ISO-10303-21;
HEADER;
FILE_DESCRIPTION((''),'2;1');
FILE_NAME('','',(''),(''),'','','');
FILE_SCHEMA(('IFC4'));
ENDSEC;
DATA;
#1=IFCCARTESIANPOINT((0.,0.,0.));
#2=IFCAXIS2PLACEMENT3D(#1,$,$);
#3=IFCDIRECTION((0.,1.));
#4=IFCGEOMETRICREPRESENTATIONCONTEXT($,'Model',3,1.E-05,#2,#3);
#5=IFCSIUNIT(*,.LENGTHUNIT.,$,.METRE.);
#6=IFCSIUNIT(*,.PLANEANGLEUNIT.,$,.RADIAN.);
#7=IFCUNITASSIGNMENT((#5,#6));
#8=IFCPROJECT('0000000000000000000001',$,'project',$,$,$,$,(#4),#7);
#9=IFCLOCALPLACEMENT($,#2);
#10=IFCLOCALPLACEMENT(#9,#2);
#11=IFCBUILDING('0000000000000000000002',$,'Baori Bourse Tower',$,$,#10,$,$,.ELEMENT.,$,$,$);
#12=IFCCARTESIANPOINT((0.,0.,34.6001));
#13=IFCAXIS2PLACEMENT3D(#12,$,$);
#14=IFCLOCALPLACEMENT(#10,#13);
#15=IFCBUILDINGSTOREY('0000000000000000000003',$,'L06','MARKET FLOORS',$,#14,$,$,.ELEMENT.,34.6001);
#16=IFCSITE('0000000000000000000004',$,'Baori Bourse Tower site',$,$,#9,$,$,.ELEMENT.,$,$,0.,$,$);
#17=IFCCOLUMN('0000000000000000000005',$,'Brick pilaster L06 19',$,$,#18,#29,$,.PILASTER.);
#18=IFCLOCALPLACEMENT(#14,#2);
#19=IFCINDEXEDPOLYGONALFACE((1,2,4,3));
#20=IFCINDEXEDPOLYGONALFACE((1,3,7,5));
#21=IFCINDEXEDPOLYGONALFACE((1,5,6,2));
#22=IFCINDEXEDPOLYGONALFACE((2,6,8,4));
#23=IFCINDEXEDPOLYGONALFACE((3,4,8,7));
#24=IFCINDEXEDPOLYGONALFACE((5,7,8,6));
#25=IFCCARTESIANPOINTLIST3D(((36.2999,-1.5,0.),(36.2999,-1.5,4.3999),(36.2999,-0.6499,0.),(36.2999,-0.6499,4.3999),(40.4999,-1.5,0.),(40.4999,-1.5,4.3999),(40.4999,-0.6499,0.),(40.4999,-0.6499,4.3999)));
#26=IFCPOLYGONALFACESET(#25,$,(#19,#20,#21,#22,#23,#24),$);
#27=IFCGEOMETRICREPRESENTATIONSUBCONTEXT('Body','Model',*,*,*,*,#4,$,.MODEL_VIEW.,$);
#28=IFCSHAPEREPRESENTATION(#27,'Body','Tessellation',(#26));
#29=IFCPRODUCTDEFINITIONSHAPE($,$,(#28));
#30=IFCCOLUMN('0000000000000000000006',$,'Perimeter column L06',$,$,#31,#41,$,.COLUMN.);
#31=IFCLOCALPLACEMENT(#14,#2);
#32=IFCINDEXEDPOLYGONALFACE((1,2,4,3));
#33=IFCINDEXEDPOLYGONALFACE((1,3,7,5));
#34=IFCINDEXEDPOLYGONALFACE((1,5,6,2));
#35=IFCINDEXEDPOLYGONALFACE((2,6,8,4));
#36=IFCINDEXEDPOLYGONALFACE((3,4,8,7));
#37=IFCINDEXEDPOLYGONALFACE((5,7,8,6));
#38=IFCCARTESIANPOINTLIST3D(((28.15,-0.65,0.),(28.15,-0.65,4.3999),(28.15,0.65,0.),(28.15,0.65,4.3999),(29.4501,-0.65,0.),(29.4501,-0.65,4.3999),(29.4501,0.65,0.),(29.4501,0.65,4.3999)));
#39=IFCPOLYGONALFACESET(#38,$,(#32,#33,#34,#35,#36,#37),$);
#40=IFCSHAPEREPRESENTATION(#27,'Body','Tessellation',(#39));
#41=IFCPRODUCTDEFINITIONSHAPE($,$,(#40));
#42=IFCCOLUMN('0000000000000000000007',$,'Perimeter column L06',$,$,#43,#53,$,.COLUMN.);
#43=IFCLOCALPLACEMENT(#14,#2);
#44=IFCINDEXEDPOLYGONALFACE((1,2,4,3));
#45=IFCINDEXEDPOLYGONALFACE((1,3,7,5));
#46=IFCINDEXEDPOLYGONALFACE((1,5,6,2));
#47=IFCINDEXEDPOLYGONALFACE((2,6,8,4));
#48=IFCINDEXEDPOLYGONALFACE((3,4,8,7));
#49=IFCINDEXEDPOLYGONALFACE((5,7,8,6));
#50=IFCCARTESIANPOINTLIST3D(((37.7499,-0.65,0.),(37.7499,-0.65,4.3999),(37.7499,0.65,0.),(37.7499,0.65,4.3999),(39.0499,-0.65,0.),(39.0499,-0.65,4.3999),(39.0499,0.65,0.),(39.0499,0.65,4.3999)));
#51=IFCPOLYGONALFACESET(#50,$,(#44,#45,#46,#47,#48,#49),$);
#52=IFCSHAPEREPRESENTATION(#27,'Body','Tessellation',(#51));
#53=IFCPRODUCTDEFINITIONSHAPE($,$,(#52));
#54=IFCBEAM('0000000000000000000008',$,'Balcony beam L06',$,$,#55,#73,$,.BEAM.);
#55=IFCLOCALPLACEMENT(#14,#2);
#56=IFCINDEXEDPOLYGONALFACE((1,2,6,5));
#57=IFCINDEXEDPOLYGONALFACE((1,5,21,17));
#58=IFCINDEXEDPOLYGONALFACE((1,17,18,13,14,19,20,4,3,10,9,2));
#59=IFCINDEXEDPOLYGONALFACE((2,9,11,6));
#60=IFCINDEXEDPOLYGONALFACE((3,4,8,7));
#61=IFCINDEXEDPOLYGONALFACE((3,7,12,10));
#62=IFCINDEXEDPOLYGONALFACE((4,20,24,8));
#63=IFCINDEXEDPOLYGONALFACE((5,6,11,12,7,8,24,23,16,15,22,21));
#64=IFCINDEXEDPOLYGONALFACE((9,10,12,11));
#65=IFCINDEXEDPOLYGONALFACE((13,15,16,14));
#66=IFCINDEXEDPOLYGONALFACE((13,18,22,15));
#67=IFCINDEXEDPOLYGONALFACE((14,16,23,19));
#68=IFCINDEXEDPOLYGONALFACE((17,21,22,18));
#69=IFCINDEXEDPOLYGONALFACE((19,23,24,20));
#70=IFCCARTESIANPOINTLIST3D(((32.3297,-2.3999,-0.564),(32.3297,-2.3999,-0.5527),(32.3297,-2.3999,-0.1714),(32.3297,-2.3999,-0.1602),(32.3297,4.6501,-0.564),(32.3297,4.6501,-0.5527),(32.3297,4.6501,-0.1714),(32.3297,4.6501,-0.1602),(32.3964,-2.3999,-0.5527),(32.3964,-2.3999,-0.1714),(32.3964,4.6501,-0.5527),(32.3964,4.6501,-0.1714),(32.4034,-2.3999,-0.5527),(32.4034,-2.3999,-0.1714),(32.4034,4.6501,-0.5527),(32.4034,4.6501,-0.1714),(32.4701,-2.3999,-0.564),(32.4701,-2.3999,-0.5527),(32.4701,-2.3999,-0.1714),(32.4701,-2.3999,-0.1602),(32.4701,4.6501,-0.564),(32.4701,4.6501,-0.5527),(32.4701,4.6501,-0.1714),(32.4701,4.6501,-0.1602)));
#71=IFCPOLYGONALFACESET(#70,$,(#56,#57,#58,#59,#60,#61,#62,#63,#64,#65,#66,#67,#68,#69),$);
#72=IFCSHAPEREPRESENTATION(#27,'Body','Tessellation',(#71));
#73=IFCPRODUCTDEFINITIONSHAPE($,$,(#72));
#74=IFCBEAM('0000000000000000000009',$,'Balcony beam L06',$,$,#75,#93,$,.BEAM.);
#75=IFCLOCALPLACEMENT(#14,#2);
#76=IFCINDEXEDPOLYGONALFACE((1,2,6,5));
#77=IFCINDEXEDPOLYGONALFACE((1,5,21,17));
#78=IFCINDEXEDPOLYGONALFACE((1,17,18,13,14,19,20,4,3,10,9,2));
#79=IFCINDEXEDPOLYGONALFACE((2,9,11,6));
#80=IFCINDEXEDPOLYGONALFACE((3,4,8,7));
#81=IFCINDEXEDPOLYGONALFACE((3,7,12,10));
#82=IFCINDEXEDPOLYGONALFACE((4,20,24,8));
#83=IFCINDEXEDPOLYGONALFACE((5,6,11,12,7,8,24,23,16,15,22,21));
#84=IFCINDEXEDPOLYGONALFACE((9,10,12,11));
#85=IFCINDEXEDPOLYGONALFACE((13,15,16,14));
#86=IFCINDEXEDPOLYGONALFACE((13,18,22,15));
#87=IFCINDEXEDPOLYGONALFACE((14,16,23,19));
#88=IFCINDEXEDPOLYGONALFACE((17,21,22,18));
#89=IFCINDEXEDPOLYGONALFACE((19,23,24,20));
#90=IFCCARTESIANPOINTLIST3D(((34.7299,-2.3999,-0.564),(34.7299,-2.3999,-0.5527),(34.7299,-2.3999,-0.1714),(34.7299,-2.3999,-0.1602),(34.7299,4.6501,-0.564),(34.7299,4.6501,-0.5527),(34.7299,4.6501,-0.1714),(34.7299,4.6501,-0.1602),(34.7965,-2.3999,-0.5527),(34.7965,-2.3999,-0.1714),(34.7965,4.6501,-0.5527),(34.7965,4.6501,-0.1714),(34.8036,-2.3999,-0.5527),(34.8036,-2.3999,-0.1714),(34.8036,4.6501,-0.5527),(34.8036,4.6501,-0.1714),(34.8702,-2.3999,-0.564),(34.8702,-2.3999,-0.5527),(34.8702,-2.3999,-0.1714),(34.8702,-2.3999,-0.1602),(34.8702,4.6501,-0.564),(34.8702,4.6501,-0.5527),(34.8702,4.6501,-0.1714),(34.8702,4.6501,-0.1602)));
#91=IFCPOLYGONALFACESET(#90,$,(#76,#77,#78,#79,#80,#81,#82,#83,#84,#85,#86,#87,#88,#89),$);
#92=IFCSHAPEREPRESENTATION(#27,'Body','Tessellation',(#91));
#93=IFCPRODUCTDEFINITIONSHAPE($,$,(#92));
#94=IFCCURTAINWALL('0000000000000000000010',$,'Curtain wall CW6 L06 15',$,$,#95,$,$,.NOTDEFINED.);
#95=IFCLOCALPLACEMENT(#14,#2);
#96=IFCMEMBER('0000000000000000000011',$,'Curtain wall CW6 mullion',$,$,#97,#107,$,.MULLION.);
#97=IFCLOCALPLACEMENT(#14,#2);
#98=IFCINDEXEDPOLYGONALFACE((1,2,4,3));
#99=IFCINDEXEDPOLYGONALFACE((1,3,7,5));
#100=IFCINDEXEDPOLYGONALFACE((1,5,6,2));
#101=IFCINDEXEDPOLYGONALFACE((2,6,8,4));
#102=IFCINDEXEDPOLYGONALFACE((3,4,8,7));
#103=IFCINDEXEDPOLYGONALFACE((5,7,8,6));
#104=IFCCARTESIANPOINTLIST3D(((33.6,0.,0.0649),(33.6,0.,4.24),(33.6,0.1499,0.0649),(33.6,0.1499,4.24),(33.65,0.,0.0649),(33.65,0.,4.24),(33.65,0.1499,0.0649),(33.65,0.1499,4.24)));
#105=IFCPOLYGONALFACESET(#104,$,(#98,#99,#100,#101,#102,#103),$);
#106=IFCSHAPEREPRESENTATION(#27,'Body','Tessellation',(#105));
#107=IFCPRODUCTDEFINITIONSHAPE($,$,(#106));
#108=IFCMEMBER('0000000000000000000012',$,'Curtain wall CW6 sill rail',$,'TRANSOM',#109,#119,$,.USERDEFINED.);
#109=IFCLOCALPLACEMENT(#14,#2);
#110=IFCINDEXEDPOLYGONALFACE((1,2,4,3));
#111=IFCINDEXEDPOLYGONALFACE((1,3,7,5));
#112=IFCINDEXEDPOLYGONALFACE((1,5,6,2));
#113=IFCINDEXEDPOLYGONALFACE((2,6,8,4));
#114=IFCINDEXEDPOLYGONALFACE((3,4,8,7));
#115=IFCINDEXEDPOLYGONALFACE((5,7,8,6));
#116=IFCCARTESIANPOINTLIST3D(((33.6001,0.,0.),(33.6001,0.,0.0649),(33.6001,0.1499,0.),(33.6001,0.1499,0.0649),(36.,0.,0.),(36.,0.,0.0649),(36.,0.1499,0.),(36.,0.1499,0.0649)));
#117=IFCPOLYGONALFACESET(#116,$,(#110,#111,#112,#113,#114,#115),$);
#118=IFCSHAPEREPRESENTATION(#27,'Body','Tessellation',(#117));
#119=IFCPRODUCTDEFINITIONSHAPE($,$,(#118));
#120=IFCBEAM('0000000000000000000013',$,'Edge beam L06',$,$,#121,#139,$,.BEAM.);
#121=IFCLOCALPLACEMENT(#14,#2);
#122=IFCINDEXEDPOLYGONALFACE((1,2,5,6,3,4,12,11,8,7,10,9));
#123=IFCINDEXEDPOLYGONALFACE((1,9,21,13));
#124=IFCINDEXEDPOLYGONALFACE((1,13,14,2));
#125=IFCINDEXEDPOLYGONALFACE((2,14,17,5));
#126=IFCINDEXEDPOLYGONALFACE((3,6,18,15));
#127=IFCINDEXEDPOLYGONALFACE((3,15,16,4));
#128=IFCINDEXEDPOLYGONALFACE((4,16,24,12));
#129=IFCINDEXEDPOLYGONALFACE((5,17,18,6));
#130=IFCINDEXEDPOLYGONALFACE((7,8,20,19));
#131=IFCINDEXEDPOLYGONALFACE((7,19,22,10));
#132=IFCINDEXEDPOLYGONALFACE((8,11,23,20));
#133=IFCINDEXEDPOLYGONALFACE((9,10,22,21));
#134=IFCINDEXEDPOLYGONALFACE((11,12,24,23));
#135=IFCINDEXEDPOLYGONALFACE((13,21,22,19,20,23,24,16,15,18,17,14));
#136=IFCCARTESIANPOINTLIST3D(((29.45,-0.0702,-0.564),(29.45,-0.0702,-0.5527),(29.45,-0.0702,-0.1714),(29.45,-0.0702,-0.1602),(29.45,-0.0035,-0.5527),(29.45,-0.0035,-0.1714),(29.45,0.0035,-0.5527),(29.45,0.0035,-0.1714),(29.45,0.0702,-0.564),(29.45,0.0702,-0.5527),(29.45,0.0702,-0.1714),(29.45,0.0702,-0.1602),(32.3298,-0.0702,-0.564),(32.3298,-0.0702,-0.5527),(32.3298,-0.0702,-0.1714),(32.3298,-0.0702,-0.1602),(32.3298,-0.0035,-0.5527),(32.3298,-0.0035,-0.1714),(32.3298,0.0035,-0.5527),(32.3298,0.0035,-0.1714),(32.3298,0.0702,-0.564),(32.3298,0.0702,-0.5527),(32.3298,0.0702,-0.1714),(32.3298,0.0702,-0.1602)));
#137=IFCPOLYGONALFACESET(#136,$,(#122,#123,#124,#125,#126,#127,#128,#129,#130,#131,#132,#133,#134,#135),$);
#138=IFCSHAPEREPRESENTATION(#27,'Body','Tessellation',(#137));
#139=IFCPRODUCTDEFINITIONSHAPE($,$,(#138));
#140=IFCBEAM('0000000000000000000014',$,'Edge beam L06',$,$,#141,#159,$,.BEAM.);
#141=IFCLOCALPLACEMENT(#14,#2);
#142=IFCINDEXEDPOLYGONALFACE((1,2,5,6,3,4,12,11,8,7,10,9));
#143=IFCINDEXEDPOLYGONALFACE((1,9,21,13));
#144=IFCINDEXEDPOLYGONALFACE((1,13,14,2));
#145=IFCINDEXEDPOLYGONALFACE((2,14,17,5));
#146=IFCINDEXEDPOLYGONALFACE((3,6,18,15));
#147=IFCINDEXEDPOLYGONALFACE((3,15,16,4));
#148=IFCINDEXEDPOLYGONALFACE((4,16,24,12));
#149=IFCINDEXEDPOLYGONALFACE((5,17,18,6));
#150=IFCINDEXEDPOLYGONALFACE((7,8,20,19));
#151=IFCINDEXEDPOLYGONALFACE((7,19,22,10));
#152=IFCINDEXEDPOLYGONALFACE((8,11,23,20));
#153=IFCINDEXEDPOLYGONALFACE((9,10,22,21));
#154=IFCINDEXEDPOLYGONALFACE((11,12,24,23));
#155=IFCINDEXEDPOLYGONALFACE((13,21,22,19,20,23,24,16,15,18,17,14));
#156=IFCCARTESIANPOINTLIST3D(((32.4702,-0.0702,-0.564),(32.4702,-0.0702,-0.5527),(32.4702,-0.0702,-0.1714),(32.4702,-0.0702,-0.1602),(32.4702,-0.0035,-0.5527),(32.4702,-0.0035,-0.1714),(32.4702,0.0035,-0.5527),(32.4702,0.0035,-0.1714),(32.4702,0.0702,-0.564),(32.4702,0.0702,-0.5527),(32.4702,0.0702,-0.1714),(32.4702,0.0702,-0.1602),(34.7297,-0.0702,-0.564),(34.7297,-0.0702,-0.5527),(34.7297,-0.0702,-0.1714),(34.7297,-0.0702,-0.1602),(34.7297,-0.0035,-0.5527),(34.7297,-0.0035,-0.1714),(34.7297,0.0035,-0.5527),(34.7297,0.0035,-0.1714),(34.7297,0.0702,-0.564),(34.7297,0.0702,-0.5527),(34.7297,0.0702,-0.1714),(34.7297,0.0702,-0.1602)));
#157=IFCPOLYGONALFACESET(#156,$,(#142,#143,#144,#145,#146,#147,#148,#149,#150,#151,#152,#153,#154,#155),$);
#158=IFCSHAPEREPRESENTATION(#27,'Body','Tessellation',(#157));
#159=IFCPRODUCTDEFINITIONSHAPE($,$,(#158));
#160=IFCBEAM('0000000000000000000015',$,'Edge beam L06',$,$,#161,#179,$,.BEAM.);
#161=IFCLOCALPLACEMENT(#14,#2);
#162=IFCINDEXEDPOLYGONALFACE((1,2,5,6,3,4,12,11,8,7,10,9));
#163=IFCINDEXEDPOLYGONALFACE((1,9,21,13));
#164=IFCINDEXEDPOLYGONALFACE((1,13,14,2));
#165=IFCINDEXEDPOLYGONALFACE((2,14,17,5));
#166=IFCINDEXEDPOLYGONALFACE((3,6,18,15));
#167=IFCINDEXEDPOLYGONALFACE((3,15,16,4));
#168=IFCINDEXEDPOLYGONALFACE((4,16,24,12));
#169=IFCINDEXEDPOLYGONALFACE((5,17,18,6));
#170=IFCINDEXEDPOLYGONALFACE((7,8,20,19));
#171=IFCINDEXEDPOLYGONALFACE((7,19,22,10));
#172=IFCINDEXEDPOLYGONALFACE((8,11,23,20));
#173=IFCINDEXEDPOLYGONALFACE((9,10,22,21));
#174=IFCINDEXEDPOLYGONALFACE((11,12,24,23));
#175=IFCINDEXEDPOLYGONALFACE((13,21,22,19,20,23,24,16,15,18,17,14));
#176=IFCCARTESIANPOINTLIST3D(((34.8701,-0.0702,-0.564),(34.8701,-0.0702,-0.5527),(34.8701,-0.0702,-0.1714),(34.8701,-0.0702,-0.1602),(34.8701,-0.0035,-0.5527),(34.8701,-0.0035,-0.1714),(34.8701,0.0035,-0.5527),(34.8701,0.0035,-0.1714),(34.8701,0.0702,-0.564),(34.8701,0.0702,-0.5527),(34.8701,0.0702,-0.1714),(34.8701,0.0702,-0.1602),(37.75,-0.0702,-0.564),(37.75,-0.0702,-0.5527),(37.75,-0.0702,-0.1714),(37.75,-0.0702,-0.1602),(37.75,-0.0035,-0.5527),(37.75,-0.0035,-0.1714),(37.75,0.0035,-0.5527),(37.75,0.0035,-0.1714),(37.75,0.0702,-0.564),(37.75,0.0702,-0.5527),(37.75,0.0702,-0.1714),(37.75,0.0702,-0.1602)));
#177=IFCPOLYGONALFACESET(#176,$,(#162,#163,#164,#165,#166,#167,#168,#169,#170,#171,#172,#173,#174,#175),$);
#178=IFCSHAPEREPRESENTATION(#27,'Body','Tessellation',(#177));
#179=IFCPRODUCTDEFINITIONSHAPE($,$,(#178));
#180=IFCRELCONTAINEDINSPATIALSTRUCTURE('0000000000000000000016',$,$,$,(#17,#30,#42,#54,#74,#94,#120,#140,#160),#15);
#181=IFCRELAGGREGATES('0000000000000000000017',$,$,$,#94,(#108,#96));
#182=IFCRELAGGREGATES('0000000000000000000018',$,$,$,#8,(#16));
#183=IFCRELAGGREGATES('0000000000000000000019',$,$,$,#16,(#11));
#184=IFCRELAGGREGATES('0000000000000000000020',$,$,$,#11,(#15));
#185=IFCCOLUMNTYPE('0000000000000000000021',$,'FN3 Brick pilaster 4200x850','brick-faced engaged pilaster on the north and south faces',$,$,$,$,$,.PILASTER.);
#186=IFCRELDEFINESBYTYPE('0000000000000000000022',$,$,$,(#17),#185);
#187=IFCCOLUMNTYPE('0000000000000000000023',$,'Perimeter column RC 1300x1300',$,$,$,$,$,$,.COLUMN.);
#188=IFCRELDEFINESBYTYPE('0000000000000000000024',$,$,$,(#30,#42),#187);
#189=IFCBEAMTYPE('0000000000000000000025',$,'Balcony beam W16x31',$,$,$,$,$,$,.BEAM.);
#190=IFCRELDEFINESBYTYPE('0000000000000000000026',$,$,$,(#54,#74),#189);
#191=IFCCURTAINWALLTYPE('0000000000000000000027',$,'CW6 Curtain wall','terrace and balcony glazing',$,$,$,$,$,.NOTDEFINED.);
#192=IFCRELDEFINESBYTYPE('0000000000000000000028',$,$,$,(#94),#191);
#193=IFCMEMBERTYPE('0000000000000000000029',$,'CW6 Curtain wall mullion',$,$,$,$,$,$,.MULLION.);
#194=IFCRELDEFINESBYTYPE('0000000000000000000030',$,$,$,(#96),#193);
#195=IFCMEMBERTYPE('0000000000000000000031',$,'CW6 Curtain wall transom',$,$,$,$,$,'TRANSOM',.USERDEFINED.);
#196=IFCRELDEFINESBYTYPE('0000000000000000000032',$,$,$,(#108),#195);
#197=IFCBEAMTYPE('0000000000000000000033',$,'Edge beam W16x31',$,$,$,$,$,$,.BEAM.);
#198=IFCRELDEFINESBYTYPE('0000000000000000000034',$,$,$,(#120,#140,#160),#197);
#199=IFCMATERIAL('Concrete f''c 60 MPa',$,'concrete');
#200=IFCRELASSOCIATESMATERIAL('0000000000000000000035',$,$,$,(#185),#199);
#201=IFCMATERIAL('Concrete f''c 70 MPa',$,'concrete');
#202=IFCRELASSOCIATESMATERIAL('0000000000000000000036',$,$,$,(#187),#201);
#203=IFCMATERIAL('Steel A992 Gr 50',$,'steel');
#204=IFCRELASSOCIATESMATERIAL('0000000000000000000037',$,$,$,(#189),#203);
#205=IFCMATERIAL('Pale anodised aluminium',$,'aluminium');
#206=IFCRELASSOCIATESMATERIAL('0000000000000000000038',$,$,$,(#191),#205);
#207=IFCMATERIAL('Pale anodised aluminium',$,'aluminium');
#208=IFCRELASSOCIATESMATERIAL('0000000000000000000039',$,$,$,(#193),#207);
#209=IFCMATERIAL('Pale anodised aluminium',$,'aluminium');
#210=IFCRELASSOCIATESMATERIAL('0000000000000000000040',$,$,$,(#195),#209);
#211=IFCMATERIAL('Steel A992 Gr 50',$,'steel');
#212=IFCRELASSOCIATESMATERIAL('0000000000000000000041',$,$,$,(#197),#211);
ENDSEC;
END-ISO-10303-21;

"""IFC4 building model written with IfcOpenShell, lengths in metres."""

from ifc_helpers import new_model, si_unit, direction, frame, origin, origin_2d, place, context, subcontext, project, spatial, rectangle, i_section, extrude, material, material_profile, profile_set, type_object, element, aggregate, save


model = new_model("IFC4")

# Units and contexts
model_context = context("Model", 3, precision=1e-05, world=origin(), true_north=direction((0.0, 1.0)))
body_context = subcontext(model_context, "Body", "Model", "MODEL_VIEW")
ifc_project = project(units=[si_unit("LENGTHUNIT", "METRE"), si_unit("PLANEANGLEUNIT", "RADIAN")], contexts=[model_context])

# Site, building, storey
site_placement = place(None, origin())
site = spatial("IfcSite", under=ifc_project, at=site_placement, Name="Baori Bourse Tower site", CompositionType="ELEMENT", RefElevation=0.0)
building_placement = place(site_placement, origin())
building = spatial("IfcBuilding", under=site, at=building_placement, Name="Baori Bourse Tower", CompositionType="ELEMENT")
storey_placement = place(building_placement, frame((0.0, 0.0, 34.6001)))
storey = spatial("IfcBuildingStorey", under=building, at=storey_placement, Name="L06", Description="MARKET FLOORS", CompositionType="ELEMENT", Elevation=34.6001)

# Columns
ifc_material_1 = material(Name="Concrete f'c 60 MPa", Category="concrete")
ifc_material_profile_1 = material_profile(ifc_material_1, rectangle(XDim=4.2, YDim=0.8501, at=origin_2d()), Name="RC 4200x850")
ifc_profile_set_1 = profile_set([ifc_material_profile_1], Name="Concrete f'c 60 MPa")
column_type_1 = type_object("IfcColumnType", Name="FN3 Brick pilaster 4200x850", Description="brick-faced engaged pilaster on the north and south faces", PredefinedType="PILASTER", material=ifc_profile_set_1)
column_placement = place(storey_placement, frame((38.3999, -1.075, 0.0), z_axis=(0.0, 0.0, 1.0), x_axis=(1.0, 0.0, 0.0)))
element("IfcColumn", 1, at=column_placement, inside=storey, type_object=column_type_1, Name="Brick pilaster L06 19", PredefinedType="PILASTER", context=body_context, shape_type="SweptSolid", body=[
    extrude(rectangle(XDim=4.2, YDim=0.8501, at=origin_2d()), origin(), (0.0, 0.0, 1.0), 4.3999),
])
ifc_material_2 = material(Name="Concrete f'c 70 MPa", Category="concrete")
ifc_material_profile_2 = material_profile(ifc_material_2, rectangle(XDim=1.3, YDim=1.3, at=origin_2d()), Name="RC 1300x1300")
ifc_profile_set_2 = profile_set([ifc_material_profile_2], Name="Concrete f'c 70 MPa")
column_type_2 = type_object("IfcColumnType", Name="Perimeter column RC 1300x1300", PredefinedType="COLUMN", material=ifc_profile_set_2)
for number, where, z_axis, x_axis, name in (
    (2, (28.8, 0.0, 0.0), (0.0, 0.0, 1.0), (1.0, 0.0, 0.0), "Perimeter column L06"),
    (3, (38.3999, 0.0, 0.0), (0.0, 0.0, 1.0), (1.0, 0.0, 0.0), "Perimeter column L06"),
):
    element("IfcColumn", number, at=place(storey_placement, frame(where, z_axis=z_axis, x_axis=x_axis)), inside=storey, type_object=column_type_2, Name=name, PredefinedType="COLUMN", context=body_context, shape_type="SweptSolid", body=[
        extrude(rectangle(XDim=1.3, YDim=1.3, at=origin_2d()), origin(), (0.0, 0.0, 1.0), 4.3999),
    ])

# Beams
ifc_material_3 = material(Name="Steel A992 Gr 50", Category="steel")
ifc_material_profile_3 = material_profile(ifc_material_3, i_section(OverallWidth=0.1404, OverallDepth=0.4038, WebThickness=0.0071, FlangeThickness=0.0112, at=origin_2d()), Name="W16x31")
ifc_profile_set_3 = profile_set([ifc_material_profile_3], Name="Steel A992 Gr 50")
beam_type_1 = type_object("IfcBeamType", Name="Balcony beam W16x31", PredefinedType="BEAM", material=ifc_profile_set_3)
for number, where, z_axis, x_axis, name in (
    (4, (32.3999, -2.3999, -0.3621), (0.0, 1.0, 0.0), (-1.0, 0.0, 0.0), "Balcony beam L06"),
    (5, (34.8, -2.3999, -0.3621), (0.0, 1.0, 0.0), (-1.0, 0.0, 0.0), "Balcony beam L06"),
):
    element("IfcBeam", number, at=place(storey_placement, frame(where, z_axis=z_axis, x_axis=x_axis)), inside=storey, type_object=beam_type_1, Name=name, PredefinedType="BEAM", context=body_context, shape_type="SweptSolid", body=[
        extrude(i_section(OverallWidth=0.1404, OverallDepth=0.4038, WebThickness=0.0071, FlangeThickness=0.0112, at=origin_2d()), origin(), (0.0, 0.0, 1.0), 7.05),
    ])

# Curtain wall, members
ifc_material_4 = material(Name="Pale anodised aluminium", Category="aluminium")
curtain_wall_type_1 = type_object("IfcCurtainWallType", Name="CW6 Curtain wall", Description="terrace and balcony glazing", PredefinedType="NOTDEFINED", material=ifc_material_4)
curtain_wall_1_placement = place(storey_placement, origin())
curtain_wall_1 = element("IfcCurtainWall", 6, at=curtain_wall_1_placement, inside=storey, type_object=curtain_wall_type_1, Name="Curtain wall CW6 L06 15", PredefinedType="NOTDEFINED")
ifc_material_5 = material(Name="Pale anodised aluminium", Category="aluminium")
ifc_material_profile_4 = material_profile(ifc_material_5, rectangle(XDim=0.1499, YDim=0.05, at=origin_2d()), Name="Mullion 50x150")
ifc_profile_set_4 = profile_set([ifc_material_profile_4], Name="Pale anodised aluminium")
member_type_1 = type_object("IfcMemberType", Name="CW6 Curtain wall mullion", PredefinedType="MULLION", material=ifc_profile_set_4)
member_1_placement = place(storey_placement, frame((33.625, 0.075, 0.0649), z_axis=(0.0, 0.0, 1.0), x_axis=(0.0, 1.0, 0.0)))
member_1 = element("IfcMember", 7, at=member_1_placement, type_object=member_type_1, Name="Curtain wall CW6 mullion", PredefinedType="MULLION", context=body_context, shape_type="SweptSolid", body=[
    extrude(rectangle(XDim=0.1499, YDim=0.05, at=origin_2d()), origin(), (0.0, 0.0, 1.0), 4.175),
])
ifc_material_6 = material(Name="Pale anodised aluminium", Category="aluminium")
ifc_material_profile_5 = material_profile(ifc_material_6, rectangle(XDim=0.1499, YDim=0.0649, at=origin_2d()), Name="Transom 65x150")
ifc_profile_set_5 = profile_set([ifc_material_profile_5], Name="Pale anodised aluminium")
member_type_2 = type_object("IfcMemberType", Name="CW6 Curtain wall transom", ElementType="TRANSOM", PredefinedType="USERDEFINED", material=ifc_profile_set_5)
member_2_placement = place(storey_placement, frame((33.6001, 0.075, 0.0325), z_axis=(1.0, 0.0, 0.0), x_axis=(0.0, 1.0, 0.0)))
member_2 = element("IfcMember", 8, at=member_2_placement, type_object=member_type_2, Name="Curtain wall CW6 sill rail", ObjectType="TRANSOM", PredefinedType="USERDEFINED", context=body_context, shape_type="SweptSolid", body=[
    extrude(rectangle(XDim=0.1499, YDim=0.0649, at=origin_2d()), origin(), (0.0, 0.0, 1.0), 2.3999),
])

# Beams
ifc_material_7 = material(Name="Steel A992 Gr 50", Category="steel")
ifc_material_profile_6 = material_profile(ifc_material_7, i_section(OverallWidth=0.1404, OverallDepth=0.4038, WebThickness=0.0071, FlangeThickness=0.0112, at=origin_2d()), Name="W16x31")
ifc_profile_set_6 = profile_set([ifc_material_profile_6], Name="Steel A992 Gr 50")
beam_type_2 = type_object("IfcBeamType", Name="Edge beam W16x31", PredefinedType="BEAM", material=ifc_profile_set_6)
beam_1_placement = place(storey_placement, frame((29.45, 0.0, -0.3621), z_axis=(1.0, 0.0, 0.0), x_axis=(0.0, 1.0, 0.0)))
element("IfcBeam", 9, at=beam_1_placement, inside=storey, type_object=beam_type_2, Name="Edge beam L06", PredefinedType="BEAM", context=body_context, shape_type="SweptSolid", body=[
    extrude(i_section(OverallWidth=0.1404, OverallDepth=0.4038, WebThickness=0.0071, FlangeThickness=0.0112, at=origin_2d()), origin(), (0.0, 0.0, 1.0), 2.8799),
])
beam_2_placement = place(storey_placement, frame((32.4702, 0.0, -0.3621), z_axis=(1.0, 0.0, 0.0), x_axis=(0.0, 1.0, 0.0)))
element("IfcBeam", 10, at=beam_2_placement, inside=storey, type_object=beam_type_2, Name="Edge beam L06", PredefinedType="BEAM", context=body_context, shape_type="SweptSolid", body=[
    extrude(i_section(OverallWidth=0.1404, OverallDepth=0.4038, WebThickness=0.0071, FlangeThickness=0.0112, at=origin_2d()), origin(), (0.0, 0.0, 1.0), 2.2595),
])
beam_3_placement = place(storey_placement, frame((34.8701, 0.0, -0.3621), z_axis=(1.0, 0.0, 0.0), x_axis=(0.0, 1.0, 0.0)))
element("IfcBeam", 11, at=beam_3_placement, inside=storey, type_object=beam_type_2, Name="Edge beam L06", PredefinedType="BEAM", context=body_context, shape_type="SweptSolid", body=[
    extrude(i_section(OverallWidth=0.1404, OverallDepth=0.4038, WebThickness=0.0071, FlangeThickness=0.0112, at=origin_2d()), origin(), (0.0, 0.0, 1.0), 2.8799),
])

aggregate(curtain_wall_1, [member_2, member_1])

save(model, "model.ifc")
